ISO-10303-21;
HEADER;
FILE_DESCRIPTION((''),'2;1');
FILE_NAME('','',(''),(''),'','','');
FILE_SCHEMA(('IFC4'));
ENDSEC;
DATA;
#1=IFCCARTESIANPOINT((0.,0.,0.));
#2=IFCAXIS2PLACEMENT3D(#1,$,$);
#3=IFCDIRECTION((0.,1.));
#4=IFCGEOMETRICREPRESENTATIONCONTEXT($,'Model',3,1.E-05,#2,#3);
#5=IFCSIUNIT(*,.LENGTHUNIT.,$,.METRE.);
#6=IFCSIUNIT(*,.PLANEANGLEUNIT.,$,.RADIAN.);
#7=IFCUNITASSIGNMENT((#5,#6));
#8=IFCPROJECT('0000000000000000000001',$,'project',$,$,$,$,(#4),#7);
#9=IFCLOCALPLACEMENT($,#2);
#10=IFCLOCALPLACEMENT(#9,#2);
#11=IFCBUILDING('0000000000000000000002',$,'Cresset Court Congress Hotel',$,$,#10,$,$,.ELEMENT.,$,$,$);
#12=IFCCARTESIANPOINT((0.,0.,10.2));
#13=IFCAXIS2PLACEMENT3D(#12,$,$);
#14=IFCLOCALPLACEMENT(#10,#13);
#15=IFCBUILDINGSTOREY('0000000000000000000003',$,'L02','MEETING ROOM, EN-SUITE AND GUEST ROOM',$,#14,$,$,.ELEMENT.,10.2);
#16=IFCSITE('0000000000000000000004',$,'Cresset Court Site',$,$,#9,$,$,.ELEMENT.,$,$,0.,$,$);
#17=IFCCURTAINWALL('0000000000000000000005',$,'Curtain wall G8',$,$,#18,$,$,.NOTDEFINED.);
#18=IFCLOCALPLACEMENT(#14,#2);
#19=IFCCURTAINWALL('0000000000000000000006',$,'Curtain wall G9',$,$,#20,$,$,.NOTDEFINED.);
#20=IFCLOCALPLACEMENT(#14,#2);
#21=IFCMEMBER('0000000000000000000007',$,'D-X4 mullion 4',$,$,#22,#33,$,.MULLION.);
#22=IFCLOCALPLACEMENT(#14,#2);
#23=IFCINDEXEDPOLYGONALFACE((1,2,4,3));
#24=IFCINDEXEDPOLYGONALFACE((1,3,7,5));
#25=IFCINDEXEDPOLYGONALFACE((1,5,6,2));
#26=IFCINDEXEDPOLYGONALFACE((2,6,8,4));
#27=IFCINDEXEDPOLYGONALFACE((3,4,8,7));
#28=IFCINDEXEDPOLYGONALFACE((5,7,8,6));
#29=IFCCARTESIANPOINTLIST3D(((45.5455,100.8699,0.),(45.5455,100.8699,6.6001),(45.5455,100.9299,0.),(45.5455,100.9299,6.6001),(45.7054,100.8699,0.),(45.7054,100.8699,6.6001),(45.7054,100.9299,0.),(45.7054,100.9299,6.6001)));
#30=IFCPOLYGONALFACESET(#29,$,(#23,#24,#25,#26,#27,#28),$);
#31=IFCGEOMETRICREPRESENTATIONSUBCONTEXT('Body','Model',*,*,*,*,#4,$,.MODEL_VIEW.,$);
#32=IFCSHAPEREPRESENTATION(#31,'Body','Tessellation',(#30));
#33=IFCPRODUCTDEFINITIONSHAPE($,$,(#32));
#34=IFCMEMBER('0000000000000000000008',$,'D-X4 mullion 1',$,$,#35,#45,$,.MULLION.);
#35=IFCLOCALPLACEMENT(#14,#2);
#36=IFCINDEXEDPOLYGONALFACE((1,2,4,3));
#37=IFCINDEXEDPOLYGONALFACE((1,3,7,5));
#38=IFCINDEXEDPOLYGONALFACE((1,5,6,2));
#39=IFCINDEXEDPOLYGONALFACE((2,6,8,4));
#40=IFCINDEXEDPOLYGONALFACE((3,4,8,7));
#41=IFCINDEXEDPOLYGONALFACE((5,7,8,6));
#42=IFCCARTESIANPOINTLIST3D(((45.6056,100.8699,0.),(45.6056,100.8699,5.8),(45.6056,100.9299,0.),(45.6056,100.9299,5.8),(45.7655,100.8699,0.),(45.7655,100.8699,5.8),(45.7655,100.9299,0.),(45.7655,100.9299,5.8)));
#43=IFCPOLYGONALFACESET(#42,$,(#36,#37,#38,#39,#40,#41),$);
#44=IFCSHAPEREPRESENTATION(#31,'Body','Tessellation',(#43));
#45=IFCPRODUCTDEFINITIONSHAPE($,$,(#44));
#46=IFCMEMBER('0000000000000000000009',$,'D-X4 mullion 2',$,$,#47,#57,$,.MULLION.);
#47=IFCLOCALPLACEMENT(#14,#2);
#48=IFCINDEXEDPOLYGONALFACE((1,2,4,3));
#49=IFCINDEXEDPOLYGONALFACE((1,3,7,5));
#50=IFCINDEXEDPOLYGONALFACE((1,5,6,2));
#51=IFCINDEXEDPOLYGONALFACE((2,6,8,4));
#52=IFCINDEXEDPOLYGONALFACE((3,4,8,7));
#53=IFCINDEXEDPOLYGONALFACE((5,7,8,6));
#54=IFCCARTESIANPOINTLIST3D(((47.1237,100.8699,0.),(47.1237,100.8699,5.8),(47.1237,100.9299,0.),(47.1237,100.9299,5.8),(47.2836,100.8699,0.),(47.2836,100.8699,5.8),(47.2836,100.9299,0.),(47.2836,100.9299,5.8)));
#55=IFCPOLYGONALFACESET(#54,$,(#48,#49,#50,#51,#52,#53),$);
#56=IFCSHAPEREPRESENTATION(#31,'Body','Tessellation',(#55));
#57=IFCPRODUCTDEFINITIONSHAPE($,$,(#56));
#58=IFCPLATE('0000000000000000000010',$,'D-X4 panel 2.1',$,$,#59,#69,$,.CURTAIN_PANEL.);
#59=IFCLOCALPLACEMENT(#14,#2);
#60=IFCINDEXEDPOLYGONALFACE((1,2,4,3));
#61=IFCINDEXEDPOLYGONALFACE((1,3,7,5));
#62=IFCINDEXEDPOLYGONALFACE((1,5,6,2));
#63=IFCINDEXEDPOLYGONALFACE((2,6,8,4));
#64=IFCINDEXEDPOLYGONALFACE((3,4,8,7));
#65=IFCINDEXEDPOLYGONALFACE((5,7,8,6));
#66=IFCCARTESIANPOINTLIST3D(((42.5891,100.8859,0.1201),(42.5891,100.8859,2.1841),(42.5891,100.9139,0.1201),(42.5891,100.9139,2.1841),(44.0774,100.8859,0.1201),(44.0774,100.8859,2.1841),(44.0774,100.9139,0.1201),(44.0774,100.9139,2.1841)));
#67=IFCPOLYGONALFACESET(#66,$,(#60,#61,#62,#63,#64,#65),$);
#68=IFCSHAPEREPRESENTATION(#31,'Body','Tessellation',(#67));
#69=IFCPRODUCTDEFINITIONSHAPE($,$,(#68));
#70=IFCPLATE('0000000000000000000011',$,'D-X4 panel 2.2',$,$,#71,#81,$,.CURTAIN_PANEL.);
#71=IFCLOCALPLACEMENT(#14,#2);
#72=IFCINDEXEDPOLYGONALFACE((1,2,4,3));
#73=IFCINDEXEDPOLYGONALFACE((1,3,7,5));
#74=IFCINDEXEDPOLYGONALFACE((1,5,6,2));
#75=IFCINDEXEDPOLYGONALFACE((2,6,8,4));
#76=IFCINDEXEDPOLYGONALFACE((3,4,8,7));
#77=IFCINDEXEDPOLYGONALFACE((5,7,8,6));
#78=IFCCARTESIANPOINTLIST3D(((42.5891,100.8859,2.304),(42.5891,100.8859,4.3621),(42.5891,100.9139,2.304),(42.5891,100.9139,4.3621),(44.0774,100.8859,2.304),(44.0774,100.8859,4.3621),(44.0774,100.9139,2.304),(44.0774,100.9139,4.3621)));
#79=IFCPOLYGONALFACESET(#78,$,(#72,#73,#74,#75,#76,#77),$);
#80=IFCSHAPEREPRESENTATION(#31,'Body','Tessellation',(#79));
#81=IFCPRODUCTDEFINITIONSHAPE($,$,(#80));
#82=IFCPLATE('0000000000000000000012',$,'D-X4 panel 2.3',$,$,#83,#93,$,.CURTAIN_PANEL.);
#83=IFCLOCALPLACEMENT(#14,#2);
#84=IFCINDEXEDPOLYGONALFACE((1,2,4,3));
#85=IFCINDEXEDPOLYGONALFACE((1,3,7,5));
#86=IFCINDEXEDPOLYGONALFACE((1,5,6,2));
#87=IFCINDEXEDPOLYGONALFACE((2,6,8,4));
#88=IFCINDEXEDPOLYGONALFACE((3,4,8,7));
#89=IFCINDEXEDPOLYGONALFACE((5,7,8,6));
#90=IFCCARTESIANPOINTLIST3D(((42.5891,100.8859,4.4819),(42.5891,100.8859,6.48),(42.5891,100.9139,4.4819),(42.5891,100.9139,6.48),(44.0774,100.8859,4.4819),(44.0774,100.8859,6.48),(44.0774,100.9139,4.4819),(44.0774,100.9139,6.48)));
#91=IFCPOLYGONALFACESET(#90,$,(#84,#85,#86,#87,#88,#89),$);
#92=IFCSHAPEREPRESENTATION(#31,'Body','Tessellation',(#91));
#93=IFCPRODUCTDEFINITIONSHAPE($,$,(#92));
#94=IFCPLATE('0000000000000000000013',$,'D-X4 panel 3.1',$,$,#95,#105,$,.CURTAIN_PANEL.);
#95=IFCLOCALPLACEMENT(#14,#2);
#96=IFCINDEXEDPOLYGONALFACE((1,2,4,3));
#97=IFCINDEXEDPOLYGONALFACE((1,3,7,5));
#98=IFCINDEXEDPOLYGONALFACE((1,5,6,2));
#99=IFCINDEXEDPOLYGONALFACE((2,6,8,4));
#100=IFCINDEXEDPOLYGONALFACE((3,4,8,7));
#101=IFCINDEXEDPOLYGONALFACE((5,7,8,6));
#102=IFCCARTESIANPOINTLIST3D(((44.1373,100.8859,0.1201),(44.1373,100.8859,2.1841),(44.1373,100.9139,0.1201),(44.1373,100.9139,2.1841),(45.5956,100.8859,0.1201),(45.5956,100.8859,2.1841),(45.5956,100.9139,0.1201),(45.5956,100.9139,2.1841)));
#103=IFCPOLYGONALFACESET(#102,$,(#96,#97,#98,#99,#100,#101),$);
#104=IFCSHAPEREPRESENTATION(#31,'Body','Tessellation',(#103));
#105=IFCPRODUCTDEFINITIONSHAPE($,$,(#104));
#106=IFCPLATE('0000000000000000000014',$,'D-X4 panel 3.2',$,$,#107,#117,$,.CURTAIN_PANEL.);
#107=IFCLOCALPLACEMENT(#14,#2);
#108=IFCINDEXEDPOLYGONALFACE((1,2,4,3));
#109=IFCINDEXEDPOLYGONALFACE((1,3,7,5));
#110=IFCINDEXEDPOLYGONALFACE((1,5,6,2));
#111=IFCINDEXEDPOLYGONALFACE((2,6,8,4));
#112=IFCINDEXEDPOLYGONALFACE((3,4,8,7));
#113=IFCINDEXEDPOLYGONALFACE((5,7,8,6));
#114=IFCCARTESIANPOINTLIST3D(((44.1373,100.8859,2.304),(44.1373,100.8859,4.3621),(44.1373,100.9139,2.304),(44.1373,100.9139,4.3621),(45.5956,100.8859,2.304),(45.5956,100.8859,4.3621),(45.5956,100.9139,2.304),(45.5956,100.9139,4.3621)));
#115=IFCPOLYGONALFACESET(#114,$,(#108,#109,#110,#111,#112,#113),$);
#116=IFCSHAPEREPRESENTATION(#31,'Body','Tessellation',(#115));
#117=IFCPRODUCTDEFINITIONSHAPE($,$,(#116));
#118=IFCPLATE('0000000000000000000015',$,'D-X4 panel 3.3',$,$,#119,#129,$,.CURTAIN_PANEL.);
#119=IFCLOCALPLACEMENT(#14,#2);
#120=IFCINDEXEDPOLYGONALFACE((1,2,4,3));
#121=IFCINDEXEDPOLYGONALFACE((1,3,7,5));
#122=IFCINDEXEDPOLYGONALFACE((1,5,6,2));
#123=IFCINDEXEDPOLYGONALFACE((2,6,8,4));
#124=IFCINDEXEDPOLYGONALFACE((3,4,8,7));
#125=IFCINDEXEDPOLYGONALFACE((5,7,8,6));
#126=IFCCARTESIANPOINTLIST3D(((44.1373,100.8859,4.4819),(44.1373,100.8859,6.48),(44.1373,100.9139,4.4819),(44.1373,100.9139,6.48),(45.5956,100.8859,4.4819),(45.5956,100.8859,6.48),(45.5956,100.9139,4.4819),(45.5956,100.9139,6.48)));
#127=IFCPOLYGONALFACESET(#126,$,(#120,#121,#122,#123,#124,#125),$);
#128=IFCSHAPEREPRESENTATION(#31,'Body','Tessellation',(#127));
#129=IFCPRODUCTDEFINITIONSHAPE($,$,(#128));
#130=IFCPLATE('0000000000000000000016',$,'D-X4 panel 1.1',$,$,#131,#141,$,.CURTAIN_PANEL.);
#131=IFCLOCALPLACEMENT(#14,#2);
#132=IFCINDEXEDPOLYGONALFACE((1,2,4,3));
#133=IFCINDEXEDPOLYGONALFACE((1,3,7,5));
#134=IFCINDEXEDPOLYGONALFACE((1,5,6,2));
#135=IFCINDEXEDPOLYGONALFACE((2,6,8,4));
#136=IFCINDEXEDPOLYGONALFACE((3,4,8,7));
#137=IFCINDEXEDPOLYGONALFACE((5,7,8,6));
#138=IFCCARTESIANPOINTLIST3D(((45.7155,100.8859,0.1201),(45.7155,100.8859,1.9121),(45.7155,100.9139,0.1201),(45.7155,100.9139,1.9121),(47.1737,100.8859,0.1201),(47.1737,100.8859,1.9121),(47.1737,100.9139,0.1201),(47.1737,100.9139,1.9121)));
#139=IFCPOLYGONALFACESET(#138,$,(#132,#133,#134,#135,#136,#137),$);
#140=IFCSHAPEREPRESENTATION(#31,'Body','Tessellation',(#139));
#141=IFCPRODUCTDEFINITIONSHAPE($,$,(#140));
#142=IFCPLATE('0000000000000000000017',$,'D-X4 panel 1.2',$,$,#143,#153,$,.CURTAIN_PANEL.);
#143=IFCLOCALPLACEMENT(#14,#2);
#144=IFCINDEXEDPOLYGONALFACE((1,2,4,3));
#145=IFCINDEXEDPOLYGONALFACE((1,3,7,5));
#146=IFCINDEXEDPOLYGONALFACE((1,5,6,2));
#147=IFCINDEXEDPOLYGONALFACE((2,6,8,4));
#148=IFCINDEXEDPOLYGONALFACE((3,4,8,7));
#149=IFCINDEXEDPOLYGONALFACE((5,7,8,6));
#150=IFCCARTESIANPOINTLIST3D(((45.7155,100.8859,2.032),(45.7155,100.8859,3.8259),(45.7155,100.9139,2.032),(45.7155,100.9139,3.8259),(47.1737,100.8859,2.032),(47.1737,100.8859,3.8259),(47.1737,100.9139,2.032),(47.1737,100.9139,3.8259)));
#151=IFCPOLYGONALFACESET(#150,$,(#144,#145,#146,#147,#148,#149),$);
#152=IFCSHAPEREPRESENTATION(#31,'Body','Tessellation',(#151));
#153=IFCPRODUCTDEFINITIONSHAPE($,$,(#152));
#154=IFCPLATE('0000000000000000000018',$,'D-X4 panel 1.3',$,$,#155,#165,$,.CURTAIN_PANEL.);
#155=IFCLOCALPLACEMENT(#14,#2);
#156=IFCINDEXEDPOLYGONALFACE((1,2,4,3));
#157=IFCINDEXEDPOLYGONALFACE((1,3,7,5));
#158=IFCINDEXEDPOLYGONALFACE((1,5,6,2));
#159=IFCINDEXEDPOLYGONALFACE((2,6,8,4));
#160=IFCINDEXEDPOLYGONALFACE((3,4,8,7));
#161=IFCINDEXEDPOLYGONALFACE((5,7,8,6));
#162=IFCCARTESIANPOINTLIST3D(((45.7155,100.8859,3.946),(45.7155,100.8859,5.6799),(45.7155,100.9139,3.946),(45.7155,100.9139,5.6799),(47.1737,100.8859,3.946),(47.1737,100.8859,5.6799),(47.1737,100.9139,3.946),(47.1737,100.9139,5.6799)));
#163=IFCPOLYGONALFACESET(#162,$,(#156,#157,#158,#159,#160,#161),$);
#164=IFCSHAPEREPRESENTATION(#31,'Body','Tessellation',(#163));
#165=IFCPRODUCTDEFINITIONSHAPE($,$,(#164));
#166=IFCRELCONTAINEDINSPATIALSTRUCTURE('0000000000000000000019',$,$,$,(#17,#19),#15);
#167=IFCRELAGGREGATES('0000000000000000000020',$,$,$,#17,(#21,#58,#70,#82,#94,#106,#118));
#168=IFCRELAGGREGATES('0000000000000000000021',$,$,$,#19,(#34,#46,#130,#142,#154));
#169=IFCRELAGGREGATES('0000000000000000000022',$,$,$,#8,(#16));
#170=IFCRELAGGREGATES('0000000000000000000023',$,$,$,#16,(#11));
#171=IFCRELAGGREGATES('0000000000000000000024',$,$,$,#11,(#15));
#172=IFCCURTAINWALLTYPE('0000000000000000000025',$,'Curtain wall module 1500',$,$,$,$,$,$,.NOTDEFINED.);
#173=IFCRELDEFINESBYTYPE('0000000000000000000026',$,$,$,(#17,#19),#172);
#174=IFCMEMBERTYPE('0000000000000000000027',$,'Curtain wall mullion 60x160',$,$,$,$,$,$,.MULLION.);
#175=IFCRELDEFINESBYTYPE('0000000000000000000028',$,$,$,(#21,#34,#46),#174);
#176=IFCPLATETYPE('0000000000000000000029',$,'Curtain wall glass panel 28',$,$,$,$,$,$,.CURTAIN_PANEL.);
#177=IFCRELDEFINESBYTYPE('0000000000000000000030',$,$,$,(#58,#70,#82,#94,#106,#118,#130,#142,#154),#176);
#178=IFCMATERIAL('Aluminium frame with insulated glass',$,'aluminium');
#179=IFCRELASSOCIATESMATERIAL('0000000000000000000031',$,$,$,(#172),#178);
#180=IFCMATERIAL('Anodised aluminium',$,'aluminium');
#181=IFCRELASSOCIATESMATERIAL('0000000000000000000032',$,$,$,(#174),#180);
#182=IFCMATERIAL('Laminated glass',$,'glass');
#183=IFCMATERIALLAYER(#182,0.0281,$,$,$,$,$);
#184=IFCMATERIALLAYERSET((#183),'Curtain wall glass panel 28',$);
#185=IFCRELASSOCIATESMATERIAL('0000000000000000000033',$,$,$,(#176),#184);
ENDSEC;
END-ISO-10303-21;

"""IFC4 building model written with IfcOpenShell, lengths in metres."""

from ifc_helpers import new_model, si_unit, direction, frame, origin, origin_2d, place, context, subcontext, project, spatial, rectangle, extrude, material, layer, layer_set, material_profile, profile_set, type_object, element, aggregate, save


model = new_model("IFC4")

# Units and contexts
model_context = context("Model", 3, precision=1e-05, world=origin(), true_north=direction((0.0, 1.0)))
body_context = subcontext(model_context, "Body", "Model", "MODEL_VIEW")
ifc_project = project(units=[si_unit("LENGTHUNIT", "METRE"), si_unit("PLANEANGLEUNIT", "RADIAN")], contexts=[model_context])

# Site, building, storey
site_placement = place(None, origin())
site = spatial("IfcSite", under=ifc_project, at=site_placement, Name="Cresset Court Site", CompositionType="ELEMENT", RefElevation=0.0)
building_placement = place(site_placement, origin())
building = spatial("IfcBuilding", under=site, at=building_placement, Name="Cresset Court Congress Hotel", CompositionType="ELEMENT")
storey_placement = place(building_placement, frame((0.0, 0.0, 10.2)))
storey = spatial("IfcBuildingStorey", under=building, at=storey_placement, Name="L02", Description="MEETING ROOM, EN-SUITE AND GUEST ROOM", CompositionType="ELEMENT", Elevation=10.2)

# Curtain walls
ifc_material_1 = material(Name="Aluminium frame with insulated glass", Category="aluminium")
curtain_wall_type = type_object("IfcCurtainWallType", Name="Curtain wall module 1500", PredefinedType="NOTDEFINED", material=ifc_material_1)
curtain_wall_1_placement = place(storey_placement, origin())
curtain_wall_1 = element("IfcCurtainWall", 1, at=curtain_wall_1_placement, inside=storey, type_object=curtain_wall_type, Name="Curtain wall G8", PredefinedType="NOTDEFINED")
curtain_wall_2_placement = place(storey_placement, origin())
curtain_wall_2 = element("IfcCurtainWall", 2, at=curtain_wall_2_placement, inside=storey, type_object=curtain_wall_type, Name="Curtain wall G9", PredefinedType="NOTDEFINED")

# Members
ifc_material_2 = material(Name="Anodised aluminium", Category="aluminium")
ifc_material_profile_1 = material_profile(ifc_material_2, rectangle(XDim=0.0601, YDim=0.1599, at=origin_2d()), Name="AL60x160")
ifc_profile_set_1 = profile_set([ifc_material_profile_1], Name="Anodised aluminium")
member_type_1 = type_object("IfcMemberType", Name="Curtain wall mullion 60x160", PredefinedType="MULLION", material=ifc_profile_set_1)
member_1_placement = place(storey_placement, frame((45.6255, 100.8999, 0.0), z_axis=(0.0, 0.0, 1.0), x_axis=(0.0, 1.0, 0.0)))
member_1 = element("IfcMember", 3, at=member_1_placement, type_object=member_type_1, Name="D-X4 mullion 4", PredefinedType="MULLION", context=body_context, shape_type="SweptSolid", body=[
    extrude(rectangle(XDim=0.0601, YDim=0.1599, at=origin_2d()), origin(), (0.0, 0.0, 1.0), 6.6001),
])
member_2_placement = place(storey_placement, frame((45.6855, 100.8999, 0.0), z_axis=(0.0, 0.0, 1.0), x_axis=(0.0, 1.0, 0.0)))
member_2 = element("IfcMember", 4, at=member_2_placement, type_object=member_type_1, Name="D-X4 mullion 1", PredefinedType="MULLION", context=body_context, shape_type="SweptSolid", body=[
    extrude(rectangle(XDim=0.0601, YDim=0.1599, at=origin_2d()), origin(), (0.0, 0.0, 1.0), 5.8),
])
member_3_placement = place(storey_placement, frame((47.2036, 100.8999, 0.0), z_axis=(0.0, 0.0, 1.0), x_axis=(0.0, 1.0, 0.0)))
member_3 = element("IfcMember", 5, at=member_3_placement, type_object=member_type_1, Name="D-X4 mullion 2", PredefinedType="MULLION", context=body_context, shape_type="SweptSolid", body=[
    extrude(rectangle(XDim=0.0601, YDim=0.1599, at=origin_2d()), origin(), (0.0, 0.0, 1.0), 5.8),
])

# Plates
ifc_material_3 = material(Name="Laminated glass", Category="glass")
ifc_layer = layer(ifc_material_3, 0.0281)
ifc_layer_set = layer_set([ifc_layer], Name="Curtain wall glass panel 28")
plate_type = type_object("IfcPlateType", Name="Curtain wall glass panel 28", PredefinedType="CURTAIN_PANEL", material=ifc_layer_set)
plate_1_placement = place(storey_placement, frame((43.3333, 100.8999, 0.1201), z_axis=(0.0, 0.0, 1.0), x_axis=(1.0, 0.0, 0.0)))
plate_1 = element("IfcPlate", 6, at=plate_1_placement, type_object=plate_type, Name="D-X4 panel 2.1", PredefinedType="CURTAIN_PANEL", context=body_context, shape_type="SweptSolid", body=[
    extrude(rectangle(XDim=1.4883, YDim=0.0281, at=origin_2d()), origin(), (0.0, 0.0, 1.0), 2.064),
])
plate_2_placement = place(storey_placement, frame((43.3333, 100.8999, 2.304), z_axis=(0.0, 0.0, 1.0), x_axis=(1.0, 0.0, 0.0)))
plate_2 = element("IfcPlate", 7, at=plate_2_placement, type_object=plate_type, Name="D-X4 panel 2.2", PredefinedType="CURTAIN_PANEL", context=body_context, shape_type="SweptSolid", body=[
    extrude(rectangle(XDim=1.4883, YDim=0.0281, at=origin_2d()), origin(), (0.0, 0.0, 1.0), 2.0581),
])
plate_3_placement = place(storey_placement, frame((43.3333, 100.8999, 4.4819), z_axis=(0.0, 0.0, 1.0), x_axis=(1.0, 0.0, 0.0)))
plate_3 = element("IfcPlate", 8, at=plate_3_placement, type_object=plate_type, Name="D-X4 panel 2.3", PredefinedType="CURTAIN_PANEL", context=body_context, shape_type="SweptSolid", body=[
    extrude(rectangle(XDim=1.4883, YDim=0.0281, at=origin_2d()), origin(), (0.0, 0.0, 1.0), 1.998),
])
plate_4_placement = place(storey_placement, frame((44.8665, 100.8999, 0.1201), z_axis=(0.0, 0.0, 1.0), x_axis=(1.0, 0.0, 0.0)))
plate_4 = element("IfcPlate", 9, at=plate_4_placement, type_object=plate_type, Name="D-X4 panel 3.1", PredefinedType="CURTAIN_PANEL", context=body_context, shape_type="SweptSolid", body=[
    extrude(rectangle(XDim=1.4583, YDim=0.0281, at=origin_2d()), origin(), (0.0, 0.0, 1.0), 2.064),
])
plate_5_placement = place(storey_placement, frame((44.8665, 100.8999, 2.304), z_axis=(0.0, 0.0, 1.0), x_axis=(1.0, 0.0, 0.0)))
plate_5 = element("IfcPlate", 10, at=plate_5_placement, type_object=plate_type, Name="D-X4 panel 3.2", PredefinedType="CURTAIN_PANEL", context=body_context, shape_type="SweptSolid", body=[
    extrude(rectangle(XDim=1.4583, YDim=0.0281, at=origin_2d()), origin(), (0.0, 0.0, 1.0), 2.0581),
])
plate_6_placement = place(storey_placement, frame((44.8665, 100.8999, 4.4819), z_axis=(0.0, 0.0, 1.0), x_axis=(1.0, 0.0, 0.0)))
plate_6 = element("IfcPlate", 11, at=plate_6_placement, type_object=plate_type, Name="D-X4 panel 3.3", PredefinedType="CURTAIN_PANEL", context=body_context, shape_type="SweptSolid", body=[
    extrude(rectangle(XDim=1.4583, YDim=0.0281, at=origin_2d()), origin(), (0.0, 0.0, 1.0), 1.998),
])
aggregate(curtain_wall_1, [member_1, plate_1, plate_2, plate_3, plate_4, plate_5, plate_6])
plate_7_placement = place(storey_placement, frame((46.4446, 100.8999, 0.1201), z_axis=(0.0, 0.0, 1.0), x_axis=(1.0, 0.0, 0.0)))
plate_7 = element("IfcPlate", 12, at=plate_7_placement, type_object=plate_type, Name="D-X4 panel 1.1", PredefinedType="CURTAIN_PANEL", context=body_context, shape_type="SweptSolid", body=[
    extrude(rectangle(XDim=1.4583, YDim=0.0281, at=origin_2d()), origin(), (0.0, 0.0, 1.0), 1.792),
])
plate_8_placement = place(storey_placement, frame((46.4446, 100.8999, 2.032), z_axis=(0.0, 0.0, 1.0), x_axis=(1.0, 0.0, 0.0)))
plate_8 = element("IfcPlate", 13, at=plate_8_placement, type_object=plate_type, Name="D-X4 panel 1.2", PredefinedType="CURTAIN_PANEL", context=body_context, shape_type="SweptSolid", body=[
    extrude(rectangle(XDim=1.4583, YDim=0.0281, at=origin_2d()), origin(), (0.0, 0.0, 1.0), 1.7939),
])
plate_9_placement = place(storey_placement, frame((46.4446, 100.8999, 3.946), z_axis=(0.0, 0.0, 1.0), x_axis=(1.0, 0.0, 0.0)))
plate_9 = element("IfcPlate", 14, at=plate_9_placement, type_object=plate_type, Name="D-X4 panel 1.3", PredefinedType="CURTAIN_PANEL", context=body_context, shape_type="SweptSolid", body=[
    extrude(rectangle(XDim=1.4583, YDim=0.0281, at=origin_2d()), origin(), (0.0, 0.0, 1.0), 1.7339),
])
aggregate(curtain_wall_2, [member_2, member_3, plate_7, plate_8, plate_9])

save(model, "model.ifc")
